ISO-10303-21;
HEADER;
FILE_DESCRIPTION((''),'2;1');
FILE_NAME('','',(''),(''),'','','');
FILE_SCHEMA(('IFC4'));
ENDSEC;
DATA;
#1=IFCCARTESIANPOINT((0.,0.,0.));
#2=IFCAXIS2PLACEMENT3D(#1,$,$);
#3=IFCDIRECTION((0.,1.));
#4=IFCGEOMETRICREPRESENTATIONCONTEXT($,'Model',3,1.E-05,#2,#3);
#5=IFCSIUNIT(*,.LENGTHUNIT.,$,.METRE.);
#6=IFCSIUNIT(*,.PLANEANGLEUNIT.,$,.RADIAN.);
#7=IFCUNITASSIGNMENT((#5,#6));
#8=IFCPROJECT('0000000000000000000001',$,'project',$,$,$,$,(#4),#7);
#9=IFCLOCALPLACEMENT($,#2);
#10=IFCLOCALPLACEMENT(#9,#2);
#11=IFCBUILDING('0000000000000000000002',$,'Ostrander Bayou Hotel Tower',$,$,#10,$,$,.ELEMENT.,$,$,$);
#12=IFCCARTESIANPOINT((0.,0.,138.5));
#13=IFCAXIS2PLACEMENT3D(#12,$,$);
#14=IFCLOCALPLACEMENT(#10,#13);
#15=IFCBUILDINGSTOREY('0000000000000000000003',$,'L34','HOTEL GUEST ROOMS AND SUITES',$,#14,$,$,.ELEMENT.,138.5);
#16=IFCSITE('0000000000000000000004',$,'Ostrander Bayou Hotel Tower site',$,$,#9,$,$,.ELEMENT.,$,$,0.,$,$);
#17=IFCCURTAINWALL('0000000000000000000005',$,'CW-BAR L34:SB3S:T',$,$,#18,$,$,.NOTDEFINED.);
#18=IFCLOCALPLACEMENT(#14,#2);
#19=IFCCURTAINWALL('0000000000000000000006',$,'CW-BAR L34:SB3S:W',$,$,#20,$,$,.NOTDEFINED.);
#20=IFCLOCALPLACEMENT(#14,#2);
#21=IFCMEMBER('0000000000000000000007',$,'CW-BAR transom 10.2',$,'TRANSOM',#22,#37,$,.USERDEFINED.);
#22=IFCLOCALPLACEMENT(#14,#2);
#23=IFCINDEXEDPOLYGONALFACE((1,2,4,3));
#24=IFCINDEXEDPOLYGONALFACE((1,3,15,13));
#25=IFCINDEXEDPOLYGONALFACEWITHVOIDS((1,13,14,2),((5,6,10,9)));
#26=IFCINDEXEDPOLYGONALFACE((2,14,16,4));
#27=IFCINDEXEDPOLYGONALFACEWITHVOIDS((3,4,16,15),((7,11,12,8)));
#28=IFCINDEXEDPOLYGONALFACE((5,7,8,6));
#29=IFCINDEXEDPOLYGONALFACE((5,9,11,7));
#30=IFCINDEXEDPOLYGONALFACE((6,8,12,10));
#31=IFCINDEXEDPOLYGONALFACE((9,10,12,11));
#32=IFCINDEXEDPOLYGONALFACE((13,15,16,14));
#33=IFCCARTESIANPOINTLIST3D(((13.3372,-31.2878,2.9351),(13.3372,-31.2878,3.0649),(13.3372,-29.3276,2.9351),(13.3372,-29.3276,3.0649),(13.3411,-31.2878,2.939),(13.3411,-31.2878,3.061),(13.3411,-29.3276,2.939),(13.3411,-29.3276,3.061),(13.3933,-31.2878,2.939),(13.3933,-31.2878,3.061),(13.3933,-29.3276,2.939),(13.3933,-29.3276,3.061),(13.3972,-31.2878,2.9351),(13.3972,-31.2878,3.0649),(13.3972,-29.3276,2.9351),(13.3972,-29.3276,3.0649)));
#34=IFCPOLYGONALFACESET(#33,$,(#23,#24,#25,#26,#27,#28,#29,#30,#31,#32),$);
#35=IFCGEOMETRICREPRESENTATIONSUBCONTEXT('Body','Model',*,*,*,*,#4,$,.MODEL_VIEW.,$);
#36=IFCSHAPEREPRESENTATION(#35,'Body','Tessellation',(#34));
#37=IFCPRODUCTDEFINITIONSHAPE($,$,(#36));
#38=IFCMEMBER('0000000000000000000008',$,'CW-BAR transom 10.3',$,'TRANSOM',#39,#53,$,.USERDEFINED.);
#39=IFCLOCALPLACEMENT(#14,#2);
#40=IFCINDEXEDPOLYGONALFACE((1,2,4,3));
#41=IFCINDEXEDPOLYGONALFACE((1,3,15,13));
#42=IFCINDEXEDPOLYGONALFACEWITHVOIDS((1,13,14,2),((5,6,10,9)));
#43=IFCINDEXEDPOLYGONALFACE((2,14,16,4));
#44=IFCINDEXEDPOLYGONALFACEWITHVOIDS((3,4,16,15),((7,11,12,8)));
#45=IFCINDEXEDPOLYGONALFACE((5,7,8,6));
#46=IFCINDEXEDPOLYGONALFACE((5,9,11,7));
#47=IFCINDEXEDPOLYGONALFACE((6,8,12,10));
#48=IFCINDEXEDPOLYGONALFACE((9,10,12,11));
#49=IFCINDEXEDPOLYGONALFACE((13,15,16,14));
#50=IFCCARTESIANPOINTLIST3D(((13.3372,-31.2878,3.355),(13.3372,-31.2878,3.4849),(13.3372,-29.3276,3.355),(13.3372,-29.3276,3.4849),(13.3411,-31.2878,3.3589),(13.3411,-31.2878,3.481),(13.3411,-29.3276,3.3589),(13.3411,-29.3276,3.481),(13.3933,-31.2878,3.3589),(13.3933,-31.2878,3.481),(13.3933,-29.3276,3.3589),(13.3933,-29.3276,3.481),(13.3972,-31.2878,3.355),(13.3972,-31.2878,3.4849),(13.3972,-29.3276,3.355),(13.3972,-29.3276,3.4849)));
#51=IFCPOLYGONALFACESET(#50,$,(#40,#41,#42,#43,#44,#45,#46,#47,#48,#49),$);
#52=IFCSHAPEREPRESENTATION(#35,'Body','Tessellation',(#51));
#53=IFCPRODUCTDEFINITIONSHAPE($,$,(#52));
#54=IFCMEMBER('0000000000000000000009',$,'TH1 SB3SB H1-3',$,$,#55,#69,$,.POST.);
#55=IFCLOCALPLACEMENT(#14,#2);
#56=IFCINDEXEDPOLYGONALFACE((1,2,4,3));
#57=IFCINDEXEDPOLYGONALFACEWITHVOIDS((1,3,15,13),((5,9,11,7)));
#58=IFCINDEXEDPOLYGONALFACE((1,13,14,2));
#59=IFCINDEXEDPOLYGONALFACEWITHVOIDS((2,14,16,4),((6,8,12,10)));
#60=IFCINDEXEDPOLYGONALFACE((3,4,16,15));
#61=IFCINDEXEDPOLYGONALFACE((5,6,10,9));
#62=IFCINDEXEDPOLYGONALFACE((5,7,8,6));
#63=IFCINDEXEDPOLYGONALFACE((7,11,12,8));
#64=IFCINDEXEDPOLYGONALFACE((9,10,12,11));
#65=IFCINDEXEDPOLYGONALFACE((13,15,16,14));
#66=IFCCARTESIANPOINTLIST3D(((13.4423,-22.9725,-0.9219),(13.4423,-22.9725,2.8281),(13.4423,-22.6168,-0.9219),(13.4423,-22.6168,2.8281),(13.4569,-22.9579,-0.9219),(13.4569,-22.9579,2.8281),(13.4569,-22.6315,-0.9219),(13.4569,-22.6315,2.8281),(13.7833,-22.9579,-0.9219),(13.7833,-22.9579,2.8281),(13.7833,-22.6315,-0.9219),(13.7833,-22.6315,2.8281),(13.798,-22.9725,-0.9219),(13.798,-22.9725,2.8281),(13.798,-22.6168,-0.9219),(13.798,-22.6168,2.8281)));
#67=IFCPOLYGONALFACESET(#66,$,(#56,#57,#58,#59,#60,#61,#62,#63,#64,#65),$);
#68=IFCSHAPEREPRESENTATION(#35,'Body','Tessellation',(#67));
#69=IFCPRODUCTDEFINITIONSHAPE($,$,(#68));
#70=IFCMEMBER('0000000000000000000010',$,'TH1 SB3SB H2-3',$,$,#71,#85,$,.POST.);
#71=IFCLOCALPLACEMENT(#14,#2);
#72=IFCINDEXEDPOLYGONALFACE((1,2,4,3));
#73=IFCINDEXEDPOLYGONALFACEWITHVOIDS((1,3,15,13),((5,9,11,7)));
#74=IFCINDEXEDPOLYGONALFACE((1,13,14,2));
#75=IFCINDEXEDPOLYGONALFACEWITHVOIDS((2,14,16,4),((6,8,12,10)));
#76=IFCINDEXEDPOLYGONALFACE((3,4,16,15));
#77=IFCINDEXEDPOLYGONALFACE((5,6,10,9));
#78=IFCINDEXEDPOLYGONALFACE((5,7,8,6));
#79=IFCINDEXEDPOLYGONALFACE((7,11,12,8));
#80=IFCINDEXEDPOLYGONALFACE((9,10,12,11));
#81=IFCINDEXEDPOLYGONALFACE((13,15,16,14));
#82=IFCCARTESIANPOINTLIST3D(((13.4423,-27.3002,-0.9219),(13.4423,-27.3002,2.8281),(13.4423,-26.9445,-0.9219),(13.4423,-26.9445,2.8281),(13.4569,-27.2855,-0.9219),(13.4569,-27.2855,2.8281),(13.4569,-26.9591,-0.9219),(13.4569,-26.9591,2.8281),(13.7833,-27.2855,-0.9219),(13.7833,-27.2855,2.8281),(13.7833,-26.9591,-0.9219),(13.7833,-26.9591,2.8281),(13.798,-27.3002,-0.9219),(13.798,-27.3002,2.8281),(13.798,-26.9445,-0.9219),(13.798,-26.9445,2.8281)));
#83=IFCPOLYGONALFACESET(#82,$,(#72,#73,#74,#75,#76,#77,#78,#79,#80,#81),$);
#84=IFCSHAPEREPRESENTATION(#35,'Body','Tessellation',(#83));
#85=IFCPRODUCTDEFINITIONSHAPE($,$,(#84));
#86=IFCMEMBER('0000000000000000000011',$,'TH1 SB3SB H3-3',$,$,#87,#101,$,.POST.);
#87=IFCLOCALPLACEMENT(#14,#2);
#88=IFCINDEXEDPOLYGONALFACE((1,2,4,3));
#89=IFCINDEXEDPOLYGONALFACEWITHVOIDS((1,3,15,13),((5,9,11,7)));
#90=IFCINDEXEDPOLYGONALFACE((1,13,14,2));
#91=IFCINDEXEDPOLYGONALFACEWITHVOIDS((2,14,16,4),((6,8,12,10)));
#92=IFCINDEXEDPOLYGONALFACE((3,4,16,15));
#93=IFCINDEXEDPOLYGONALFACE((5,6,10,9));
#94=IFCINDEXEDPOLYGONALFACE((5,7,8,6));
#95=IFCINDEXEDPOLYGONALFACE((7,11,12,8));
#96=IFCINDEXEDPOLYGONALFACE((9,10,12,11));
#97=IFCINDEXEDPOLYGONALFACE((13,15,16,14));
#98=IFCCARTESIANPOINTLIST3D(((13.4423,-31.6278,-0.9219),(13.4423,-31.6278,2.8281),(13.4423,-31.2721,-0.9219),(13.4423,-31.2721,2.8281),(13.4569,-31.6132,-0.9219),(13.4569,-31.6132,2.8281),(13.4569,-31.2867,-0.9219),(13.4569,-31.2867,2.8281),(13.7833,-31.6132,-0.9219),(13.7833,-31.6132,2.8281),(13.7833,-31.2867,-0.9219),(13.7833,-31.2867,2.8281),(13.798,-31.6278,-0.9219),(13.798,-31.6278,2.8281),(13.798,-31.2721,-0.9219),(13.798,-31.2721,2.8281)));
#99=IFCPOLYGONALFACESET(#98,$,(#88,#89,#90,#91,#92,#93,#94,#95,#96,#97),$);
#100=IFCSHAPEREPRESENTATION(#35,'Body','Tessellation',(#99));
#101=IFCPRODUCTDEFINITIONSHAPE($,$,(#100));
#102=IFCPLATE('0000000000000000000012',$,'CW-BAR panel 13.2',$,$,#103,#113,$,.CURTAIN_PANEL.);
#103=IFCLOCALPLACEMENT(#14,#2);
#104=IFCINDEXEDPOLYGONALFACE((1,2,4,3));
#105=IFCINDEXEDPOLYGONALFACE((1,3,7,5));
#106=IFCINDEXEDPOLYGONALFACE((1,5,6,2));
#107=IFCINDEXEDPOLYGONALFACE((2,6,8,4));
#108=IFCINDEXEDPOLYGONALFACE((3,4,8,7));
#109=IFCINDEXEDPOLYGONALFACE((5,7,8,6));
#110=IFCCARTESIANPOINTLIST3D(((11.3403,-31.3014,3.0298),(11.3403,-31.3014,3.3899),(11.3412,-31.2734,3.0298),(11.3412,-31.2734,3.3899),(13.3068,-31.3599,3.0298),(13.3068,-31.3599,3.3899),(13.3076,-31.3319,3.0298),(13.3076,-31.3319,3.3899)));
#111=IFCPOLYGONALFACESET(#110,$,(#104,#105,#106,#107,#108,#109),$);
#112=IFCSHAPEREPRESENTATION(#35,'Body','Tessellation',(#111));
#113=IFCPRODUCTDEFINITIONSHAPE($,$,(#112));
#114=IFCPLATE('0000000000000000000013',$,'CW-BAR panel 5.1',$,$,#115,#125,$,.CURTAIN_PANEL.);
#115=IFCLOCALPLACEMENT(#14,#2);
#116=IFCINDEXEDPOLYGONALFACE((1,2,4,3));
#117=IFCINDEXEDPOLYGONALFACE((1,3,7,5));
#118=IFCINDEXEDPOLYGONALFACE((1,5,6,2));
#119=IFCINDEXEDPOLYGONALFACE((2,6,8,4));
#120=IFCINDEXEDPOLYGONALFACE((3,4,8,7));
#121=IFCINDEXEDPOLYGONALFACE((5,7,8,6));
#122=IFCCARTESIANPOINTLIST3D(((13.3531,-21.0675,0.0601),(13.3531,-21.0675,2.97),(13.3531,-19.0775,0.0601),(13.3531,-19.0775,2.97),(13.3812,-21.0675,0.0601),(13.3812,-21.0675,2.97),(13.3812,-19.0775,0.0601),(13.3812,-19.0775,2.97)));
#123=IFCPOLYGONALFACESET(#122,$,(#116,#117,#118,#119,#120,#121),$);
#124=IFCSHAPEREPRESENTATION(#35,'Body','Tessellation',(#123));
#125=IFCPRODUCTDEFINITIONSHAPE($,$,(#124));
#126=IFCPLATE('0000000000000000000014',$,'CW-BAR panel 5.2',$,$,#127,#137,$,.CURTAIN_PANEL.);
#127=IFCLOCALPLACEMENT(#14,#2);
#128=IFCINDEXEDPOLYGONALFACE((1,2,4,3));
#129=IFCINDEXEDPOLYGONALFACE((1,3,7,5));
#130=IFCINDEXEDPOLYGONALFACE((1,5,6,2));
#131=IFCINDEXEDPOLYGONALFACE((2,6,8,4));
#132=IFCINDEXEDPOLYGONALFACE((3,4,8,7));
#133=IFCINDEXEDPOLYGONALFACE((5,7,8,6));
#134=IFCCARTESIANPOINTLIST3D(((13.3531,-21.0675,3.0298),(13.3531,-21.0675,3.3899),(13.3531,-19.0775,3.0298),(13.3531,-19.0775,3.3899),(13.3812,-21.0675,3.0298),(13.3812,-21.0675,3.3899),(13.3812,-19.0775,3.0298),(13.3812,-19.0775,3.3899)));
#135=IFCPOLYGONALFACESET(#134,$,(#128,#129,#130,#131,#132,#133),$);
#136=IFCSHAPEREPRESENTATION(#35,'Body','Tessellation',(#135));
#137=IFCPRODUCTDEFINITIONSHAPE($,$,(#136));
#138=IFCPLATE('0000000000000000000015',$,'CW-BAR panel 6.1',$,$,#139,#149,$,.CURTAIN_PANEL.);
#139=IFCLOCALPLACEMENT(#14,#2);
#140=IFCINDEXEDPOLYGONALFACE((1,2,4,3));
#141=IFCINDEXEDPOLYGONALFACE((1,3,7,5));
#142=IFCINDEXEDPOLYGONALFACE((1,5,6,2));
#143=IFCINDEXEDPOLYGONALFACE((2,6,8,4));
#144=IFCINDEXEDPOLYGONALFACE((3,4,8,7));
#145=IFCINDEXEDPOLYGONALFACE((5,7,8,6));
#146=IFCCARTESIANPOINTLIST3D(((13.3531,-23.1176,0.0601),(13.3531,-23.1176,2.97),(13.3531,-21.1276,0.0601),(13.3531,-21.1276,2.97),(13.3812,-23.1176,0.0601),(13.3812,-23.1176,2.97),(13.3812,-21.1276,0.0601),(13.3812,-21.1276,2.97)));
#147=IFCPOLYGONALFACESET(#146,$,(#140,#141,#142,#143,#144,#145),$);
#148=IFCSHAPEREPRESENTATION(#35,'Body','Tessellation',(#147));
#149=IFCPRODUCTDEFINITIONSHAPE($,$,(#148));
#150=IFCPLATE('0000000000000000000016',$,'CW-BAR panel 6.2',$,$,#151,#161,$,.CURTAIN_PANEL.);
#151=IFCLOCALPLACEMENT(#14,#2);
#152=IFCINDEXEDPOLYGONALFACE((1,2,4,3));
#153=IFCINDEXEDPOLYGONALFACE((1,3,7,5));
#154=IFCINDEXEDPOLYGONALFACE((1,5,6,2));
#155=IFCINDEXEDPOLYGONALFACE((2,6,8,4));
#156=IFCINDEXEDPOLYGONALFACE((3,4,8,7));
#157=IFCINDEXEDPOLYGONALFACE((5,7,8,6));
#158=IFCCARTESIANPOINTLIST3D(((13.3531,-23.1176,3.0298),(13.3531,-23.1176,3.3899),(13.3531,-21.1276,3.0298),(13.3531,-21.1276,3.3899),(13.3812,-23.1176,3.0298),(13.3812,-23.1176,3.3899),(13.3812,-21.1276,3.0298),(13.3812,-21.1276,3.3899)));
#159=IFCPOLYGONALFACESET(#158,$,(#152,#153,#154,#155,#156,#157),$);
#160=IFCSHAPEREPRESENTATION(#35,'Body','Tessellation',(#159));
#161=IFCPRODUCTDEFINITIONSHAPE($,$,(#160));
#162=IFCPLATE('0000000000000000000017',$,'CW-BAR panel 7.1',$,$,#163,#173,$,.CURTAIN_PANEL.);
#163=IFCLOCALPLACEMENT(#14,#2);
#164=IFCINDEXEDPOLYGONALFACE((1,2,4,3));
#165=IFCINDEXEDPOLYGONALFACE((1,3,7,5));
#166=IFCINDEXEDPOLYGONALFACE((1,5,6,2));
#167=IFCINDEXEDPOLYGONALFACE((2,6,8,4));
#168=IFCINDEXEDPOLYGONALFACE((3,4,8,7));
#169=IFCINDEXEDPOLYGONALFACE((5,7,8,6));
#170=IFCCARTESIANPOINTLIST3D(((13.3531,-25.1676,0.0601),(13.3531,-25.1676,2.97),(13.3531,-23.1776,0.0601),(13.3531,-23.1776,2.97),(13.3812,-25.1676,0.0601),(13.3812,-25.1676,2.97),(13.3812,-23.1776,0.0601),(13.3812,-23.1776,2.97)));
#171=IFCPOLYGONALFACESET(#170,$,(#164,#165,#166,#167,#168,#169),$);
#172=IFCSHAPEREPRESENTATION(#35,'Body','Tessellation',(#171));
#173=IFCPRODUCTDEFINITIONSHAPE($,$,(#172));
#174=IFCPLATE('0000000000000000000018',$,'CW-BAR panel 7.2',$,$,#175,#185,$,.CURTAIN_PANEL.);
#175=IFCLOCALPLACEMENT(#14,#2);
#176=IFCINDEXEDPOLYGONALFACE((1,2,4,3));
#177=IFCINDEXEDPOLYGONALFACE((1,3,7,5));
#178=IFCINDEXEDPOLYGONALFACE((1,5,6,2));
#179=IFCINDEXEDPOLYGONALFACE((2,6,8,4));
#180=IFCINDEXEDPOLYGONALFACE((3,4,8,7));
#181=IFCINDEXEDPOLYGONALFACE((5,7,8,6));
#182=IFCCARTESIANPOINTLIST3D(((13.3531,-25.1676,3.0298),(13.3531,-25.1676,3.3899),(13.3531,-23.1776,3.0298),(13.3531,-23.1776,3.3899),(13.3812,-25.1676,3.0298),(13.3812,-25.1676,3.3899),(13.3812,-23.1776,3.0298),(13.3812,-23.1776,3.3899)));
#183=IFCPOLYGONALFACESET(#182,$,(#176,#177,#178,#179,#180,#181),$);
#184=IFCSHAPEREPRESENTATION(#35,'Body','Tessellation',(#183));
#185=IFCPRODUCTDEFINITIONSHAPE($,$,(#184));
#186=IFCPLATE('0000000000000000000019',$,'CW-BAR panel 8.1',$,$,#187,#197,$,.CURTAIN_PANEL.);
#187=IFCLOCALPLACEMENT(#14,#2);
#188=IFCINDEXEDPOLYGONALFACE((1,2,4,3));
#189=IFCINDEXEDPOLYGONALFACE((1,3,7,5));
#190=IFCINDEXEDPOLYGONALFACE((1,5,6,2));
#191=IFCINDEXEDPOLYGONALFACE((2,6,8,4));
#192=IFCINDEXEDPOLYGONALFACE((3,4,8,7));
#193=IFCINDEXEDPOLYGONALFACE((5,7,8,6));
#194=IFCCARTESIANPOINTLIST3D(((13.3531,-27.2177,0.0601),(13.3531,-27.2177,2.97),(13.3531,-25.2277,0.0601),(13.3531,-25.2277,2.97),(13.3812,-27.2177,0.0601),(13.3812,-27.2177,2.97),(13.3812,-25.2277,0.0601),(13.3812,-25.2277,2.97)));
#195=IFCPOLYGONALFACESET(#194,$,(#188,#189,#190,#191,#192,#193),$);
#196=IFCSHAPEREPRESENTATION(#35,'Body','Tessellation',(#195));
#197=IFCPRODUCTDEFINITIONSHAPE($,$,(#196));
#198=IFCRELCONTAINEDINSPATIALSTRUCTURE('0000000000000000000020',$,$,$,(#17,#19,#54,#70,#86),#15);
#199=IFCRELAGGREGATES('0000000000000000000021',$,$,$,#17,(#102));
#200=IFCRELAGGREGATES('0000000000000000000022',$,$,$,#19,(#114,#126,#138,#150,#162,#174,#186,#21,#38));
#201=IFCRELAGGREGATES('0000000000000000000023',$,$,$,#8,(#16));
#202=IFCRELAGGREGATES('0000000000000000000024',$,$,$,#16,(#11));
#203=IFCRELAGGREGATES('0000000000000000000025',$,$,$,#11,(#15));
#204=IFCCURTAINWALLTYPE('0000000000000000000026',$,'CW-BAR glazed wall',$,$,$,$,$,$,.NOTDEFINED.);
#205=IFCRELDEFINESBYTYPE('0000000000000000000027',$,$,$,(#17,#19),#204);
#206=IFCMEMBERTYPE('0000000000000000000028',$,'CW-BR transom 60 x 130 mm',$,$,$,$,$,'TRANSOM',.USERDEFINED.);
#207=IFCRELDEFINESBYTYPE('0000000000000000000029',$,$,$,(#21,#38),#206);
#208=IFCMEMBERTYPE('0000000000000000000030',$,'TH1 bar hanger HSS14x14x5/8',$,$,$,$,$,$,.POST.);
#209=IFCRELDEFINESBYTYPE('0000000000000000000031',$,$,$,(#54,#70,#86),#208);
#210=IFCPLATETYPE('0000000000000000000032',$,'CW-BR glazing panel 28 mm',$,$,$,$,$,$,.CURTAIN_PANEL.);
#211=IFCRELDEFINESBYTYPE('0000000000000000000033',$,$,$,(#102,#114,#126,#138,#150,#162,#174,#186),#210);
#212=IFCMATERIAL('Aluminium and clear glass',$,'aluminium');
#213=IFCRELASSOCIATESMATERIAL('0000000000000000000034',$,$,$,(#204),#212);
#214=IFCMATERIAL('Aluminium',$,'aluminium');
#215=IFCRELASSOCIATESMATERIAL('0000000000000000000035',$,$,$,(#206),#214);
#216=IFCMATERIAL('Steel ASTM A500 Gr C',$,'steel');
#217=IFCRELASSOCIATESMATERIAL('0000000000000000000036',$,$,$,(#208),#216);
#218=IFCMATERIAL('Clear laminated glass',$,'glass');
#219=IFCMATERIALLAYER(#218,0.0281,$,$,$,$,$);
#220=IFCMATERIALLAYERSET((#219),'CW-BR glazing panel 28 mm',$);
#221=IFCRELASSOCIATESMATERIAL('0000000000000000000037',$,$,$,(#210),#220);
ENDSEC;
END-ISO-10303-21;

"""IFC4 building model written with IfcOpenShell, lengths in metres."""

from ifc_helpers import new_model, si_unit, direction, frame, origin, origin_2d, place, context, subcontext, project, spatial, rectangle, hollow_rectangle, extrude, material, layer, layer_set, material_profile, profile_set, type_object, element, aggregate, save


model = new_model("IFC4")

# Units and contexts
model_context = context("Model", 3, precision=1e-05, world=origin(), true_north=direction((0.0, 1.0)))
body_context = subcontext(model_context, "Body", "Model", "MODEL_VIEW")
ifc_project = project(units=[si_unit("LENGTHUNIT", "METRE"), si_unit("PLANEANGLEUNIT", "RADIAN")], contexts=[model_context])

# Site, building, storey
site_placement = place(None, origin())
site = spatial("IfcSite", under=ifc_project, at=site_placement, Name="Ostrander Bayou Hotel Tower site", CompositionType="ELEMENT", RefElevation=0.0)
building_placement = place(site_placement, origin())
building = spatial("IfcBuilding", under=site, at=building_placement, Name="Ostrander Bayou Hotel Tower", CompositionType="ELEMENT")
storey_placement = place(building_placement, frame((0.0, 0.0, 138.5)))
storey = spatial("IfcBuildingStorey", under=building, at=storey_placement, Name="L34", Description="HOTEL GUEST ROOMS AND SUITES", CompositionType="ELEMENT", Elevation=138.5)

# Curtain wall
ifc_material_1 = material(Name="Aluminium and clear glass", Category="aluminium")
curtain_wall_type = type_object("IfcCurtainWallType", Name="CW-BAR glazed wall", PredefinedType="NOTDEFINED", material=ifc_material_1)
curtain_wall_1_placement = place(storey_placement, origin())
curtain_wall_1 = element("IfcCurtainWall", 1, at=curtain_wall_1_placement, inside=storey, type_object=curtain_wall_type, Name="CW-BAR L34:SB3S:T", PredefinedType="NOTDEFINED")

# Curtain wall, members
curtain_wall_2_placement = place(storey_placement, origin())
curtain_wall_2 = element("IfcCurtainWall", 2, at=curtain_wall_2_placement, inside=storey, type_object=curtain_wall_type, Name="CW-BAR L34:SB3S:W", PredefinedType="NOTDEFINED")
ifc_material_2 = material(Name="Aluminium", Category="aluminium")
ifc_material_profile_1 = material_profile(ifc_material_2, hollow_rectangle(XDim=0.0601, YDim=0.1299, WallThickness=0.0039, at=origin_2d()))
ifc_profile_set_1 = profile_set([ifc_material_profile_1], Name="Aluminium")
member_type_1 = type_object("IfcMemberType", Name="CW-BR transom 60 x 130 mm", ElementType="TRANSOM", PredefinedType="USERDEFINED", material=ifc_profile_set_1)
member_1_placement = place(storey_placement, frame((13.3672, -29.3276, 3.0), z_axis=(0.0, -1.0, 0.0), x_axis=(1.0, 0.0, 0.0)))
member_1 = element("IfcMember", 3, at=member_1_placement, type_object=member_type_1, Name="CW-BAR transom 10.2", ObjectType="TRANSOM", PredefinedType="USERDEFINED", context=body_context, shape_type="SweptSolid", body=[
    extrude(hollow_rectangle(XDim=0.0601, YDim=0.1299, WallThickness=0.0039, at=origin_2d()), origin(), (0.0, 0.0, 1.0), 1.9602),
])
member_2_placement = place(storey_placement, frame((13.3672, -29.3276, 3.4199), z_axis=(0.0, -1.0, 0.0), x_axis=(1.0, 0.0, 0.0)))
member_2 = element("IfcMember", 4, at=member_2_placement, type_object=member_type_1, Name="CW-BAR transom 10.3", ObjectType="TRANSOM", PredefinedType="USERDEFINED", context=body_context, shape_type="SweptSolid", body=[
    extrude(hollow_rectangle(XDim=0.0601, YDim=0.1299, WallThickness=0.0039, at=origin_2d()), origin(), (0.0, 0.0, 1.0), 1.9602),
])

# Members
ifc_material_3 = material(Name="Steel ASTM A500 Gr C", Category="steel")
ifc_material_profile_2 = material_profile(ifc_material_3, hollow_rectangle(XDim=0.3557, YDim=0.3557, WallThickness=0.0146, at=origin_2d()))
ifc_profile_set_2 = profile_set([ifc_material_profile_2], Name="Steel ASTM A500 Gr C")
member_type_2 = type_object("IfcMemberType", Name="TH1 bar hanger HSS14x14x5/8", PredefinedType="POST", material=ifc_profile_set_2)
for number, where, z_axis, x_axis, name in (
    (5, (13.6201, -22.7947, -0.9219), (0.0, 0.0, 1.0), (1.0, 0.0, 0.0), "TH1 SB3SB H1-3"),
    (6, (13.6201, -27.1223, -0.9219), (0.0, 0.0, 1.0), (1.0, 0.0, 0.0), "TH1 SB3SB H2-3"),
    (7, (13.6201, -31.45, -0.9219), (0.0, 0.0, 1.0), (1.0, 0.0, 0.0), "TH1 SB3SB H3-3"),
):
    element("IfcMember", number, at=place(storey_placement, frame(where, z_axis=z_axis, x_axis=x_axis)), inside=storey, type_object=member_type_2, Name=name, PredefinedType="POST", context=body_context, shape_type="SweptSolid", body=[
        extrude(hollow_rectangle(XDim=0.3557, YDim=0.3557, WallThickness=0.0146, at=origin_2d()), origin(), (0.0, 0.0, 1.0), 3.75),
    ])

# Plates
ifc_material_4 = material(Name="Clear laminated glass", Category="glass")
ifc_layer = layer(ifc_material_4, 0.0281)
ifc_layer_set = layer_set([ifc_layer], Name="CW-BR glazing panel 28 mm")
plate_type = type_object("IfcPlateType", Name="CW-BR glazing panel 28 mm", PredefinedType="CURTAIN_PANEL", material=ifc_layer_set)
plate_1_placement = place(storey_placement, frame((12.324, -31.3167, 3.0298), z_axis=(0.0, 0.0, 1.0), x_axis=(0.999557, -0.029746, 0.0)))
plate_1 = element("IfcPlate", 8, at=plate_1_placement, type_object=plate_type, Name="CW-BAR panel 13.2", PredefinedType="CURTAIN_PANEL", context=body_context, shape_type="SweptSolid", body=[
    extrude(rectangle(XDim=1.9673, YDim=0.0281, at=origin_2d()), origin(), (0.0, 0.0, 1.0), 0.3601),
])
aggregate(curtain_wall_1, [plate_1])
plate_2_placement = place(storey_placement, frame((13.3672, -20.0725, 0.0601), z_axis=(0.0, 0.0, 1.0), x_axis=(0.0, -1.0, 0.0)))
plate_2 = element("IfcPlate", 9, at=plate_2_placement, type_object=plate_type, Name="CW-BAR panel 5.1", PredefinedType="CURTAIN_PANEL", context=body_context, shape_type="SweptSolid", body=[
    extrude(rectangle(XDim=1.99, YDim=0.0281, at=origin_2d()), origin(), (0.0, 0.0, 1.0), 2.9099),
])
plate_3_placement = place(storey_placement, frame((13.3672, -20.0725, 3.0298), z_axis=(0.0, 0.0, 1.0), x_axis=(0.0, -1.0, 0.0)))
plate_3 = element("IfcPlate", 10, at=plate_3_placement, type_object=plate_type, Name="CW-BAR panel 5.2", PredefinedType="CURTAIN_PANEL", context=body_context, shape_type="SweptSolid", body=[
    extrude(rectangle(XDim=1.99, YDim=0.0281, at=origin_2d()), origin(), (0.0, 0.0, 1.0), 0.3601),
])
plate_4_placement = place(storey_placement, frame((13.3672, -22.1226, 0.0601), z_axis=(0.0, 0.0, 1.0), x_axis=(0.0, -1.0, 0.0)))
plate_4 = element("IfcPlate", 11, at=plate_4_placement, type_object=plate_type, Name="CW-BAR panel 6.1", PredefinedType="CURTAIN_PANEL", context=body_context, shape_type="SweptSolid", body=[
    extrude(rectangle(XDim=1.99, YDim=0.0281, at=origin_2d()), origin(), (0.0, 0.0, 1.0), 2.9099),
])
plate_5_placement = place(storey_placement, frame((13.3672, -22.1226, 3.0298), z_axis=(0.0, 0.0, 1.0), x_axis=(0.0, -1.0, 0.0)))
plate_5 = element("IfcPlate", 12, at=plate_5_placement, type_object=plate_type, Name="CW-BAR panel 6.2", PredefinedType="CURTAIN_PANEL", context=body_context, shape_type="SweptSolid", body=[
    extrude(rectangle(XDim=1.99, YDim=0.0281, at=origin_2d()), origin(), (0.0, 0.0, 1.0), 0.3601),
])
plate_6_placement = place(storey_placement, frame((13.3672, -24.1726, 0.0601), z_axis=(0.0, 0.0, 1.0), x_axis=(0.0, -1.0, 0.0)))
plate_6 = element("IfcPlate", 13, at=plate_6_placement, type_object=plate_type, Name="CW-BAR panel 7.1", PredefinedType="CURTAIN_PANEL", context=body_context, shape_type="SweptSolid", body=[
    extrude(rectangle(XDim=1.99, YDim=0.0281, at=origin_2d()), origin(), (0.0, 0.0, 1.0), 2.9099),
])
plate_7_placement = place(storey_placement, frame((13.3672, -24.1726, 3.0298), z_axis=(0.0, 0.0, 1.0), x_axis=(0.0, -1.0, 0.0)))
plate_7 = element("IfcPlate", 14, at=plate_7_placement, type_object=plate_type, Name="CW-BAR panel 7.2", PredefinedType="CURTAIN_PANEL", context=body_context, shape_type="SweptSolid", body=[
    extrude(rectangle(XDim=1.99, YDim=0.0281, at=origin_2d()), origin(), (0.0, 0.0, 1.0), 0.3601),
])
plate_8_placement = place(storey_placement, frame((13.3672, -26.2227, 0.0601), z_axis=(0.0, 0.0, 1.0), x_axis=(0.0, -1.0, 0.0)))
plate_8 = element("IfcPlate", 15, at=plate_8_placement, type_object=plate_type, Name="CW-BAR panel 8.1", PredefinedType="CURTAIN_PANEL", context=body_context, shape_type="SweptSolid", body=[
    extrude(rectangle(XDim=1.99, YDim=0.0281, at=origin_2d()), origin(), (0.0, 0.0, 1.0), 2.9099),
])
aggregate(curtain_wall_2, [plate_2, plate_3, plate_4, plate_5, plate_6, plate_7, plate_8, member_1, member_2])

save(model, "model.ifc")
